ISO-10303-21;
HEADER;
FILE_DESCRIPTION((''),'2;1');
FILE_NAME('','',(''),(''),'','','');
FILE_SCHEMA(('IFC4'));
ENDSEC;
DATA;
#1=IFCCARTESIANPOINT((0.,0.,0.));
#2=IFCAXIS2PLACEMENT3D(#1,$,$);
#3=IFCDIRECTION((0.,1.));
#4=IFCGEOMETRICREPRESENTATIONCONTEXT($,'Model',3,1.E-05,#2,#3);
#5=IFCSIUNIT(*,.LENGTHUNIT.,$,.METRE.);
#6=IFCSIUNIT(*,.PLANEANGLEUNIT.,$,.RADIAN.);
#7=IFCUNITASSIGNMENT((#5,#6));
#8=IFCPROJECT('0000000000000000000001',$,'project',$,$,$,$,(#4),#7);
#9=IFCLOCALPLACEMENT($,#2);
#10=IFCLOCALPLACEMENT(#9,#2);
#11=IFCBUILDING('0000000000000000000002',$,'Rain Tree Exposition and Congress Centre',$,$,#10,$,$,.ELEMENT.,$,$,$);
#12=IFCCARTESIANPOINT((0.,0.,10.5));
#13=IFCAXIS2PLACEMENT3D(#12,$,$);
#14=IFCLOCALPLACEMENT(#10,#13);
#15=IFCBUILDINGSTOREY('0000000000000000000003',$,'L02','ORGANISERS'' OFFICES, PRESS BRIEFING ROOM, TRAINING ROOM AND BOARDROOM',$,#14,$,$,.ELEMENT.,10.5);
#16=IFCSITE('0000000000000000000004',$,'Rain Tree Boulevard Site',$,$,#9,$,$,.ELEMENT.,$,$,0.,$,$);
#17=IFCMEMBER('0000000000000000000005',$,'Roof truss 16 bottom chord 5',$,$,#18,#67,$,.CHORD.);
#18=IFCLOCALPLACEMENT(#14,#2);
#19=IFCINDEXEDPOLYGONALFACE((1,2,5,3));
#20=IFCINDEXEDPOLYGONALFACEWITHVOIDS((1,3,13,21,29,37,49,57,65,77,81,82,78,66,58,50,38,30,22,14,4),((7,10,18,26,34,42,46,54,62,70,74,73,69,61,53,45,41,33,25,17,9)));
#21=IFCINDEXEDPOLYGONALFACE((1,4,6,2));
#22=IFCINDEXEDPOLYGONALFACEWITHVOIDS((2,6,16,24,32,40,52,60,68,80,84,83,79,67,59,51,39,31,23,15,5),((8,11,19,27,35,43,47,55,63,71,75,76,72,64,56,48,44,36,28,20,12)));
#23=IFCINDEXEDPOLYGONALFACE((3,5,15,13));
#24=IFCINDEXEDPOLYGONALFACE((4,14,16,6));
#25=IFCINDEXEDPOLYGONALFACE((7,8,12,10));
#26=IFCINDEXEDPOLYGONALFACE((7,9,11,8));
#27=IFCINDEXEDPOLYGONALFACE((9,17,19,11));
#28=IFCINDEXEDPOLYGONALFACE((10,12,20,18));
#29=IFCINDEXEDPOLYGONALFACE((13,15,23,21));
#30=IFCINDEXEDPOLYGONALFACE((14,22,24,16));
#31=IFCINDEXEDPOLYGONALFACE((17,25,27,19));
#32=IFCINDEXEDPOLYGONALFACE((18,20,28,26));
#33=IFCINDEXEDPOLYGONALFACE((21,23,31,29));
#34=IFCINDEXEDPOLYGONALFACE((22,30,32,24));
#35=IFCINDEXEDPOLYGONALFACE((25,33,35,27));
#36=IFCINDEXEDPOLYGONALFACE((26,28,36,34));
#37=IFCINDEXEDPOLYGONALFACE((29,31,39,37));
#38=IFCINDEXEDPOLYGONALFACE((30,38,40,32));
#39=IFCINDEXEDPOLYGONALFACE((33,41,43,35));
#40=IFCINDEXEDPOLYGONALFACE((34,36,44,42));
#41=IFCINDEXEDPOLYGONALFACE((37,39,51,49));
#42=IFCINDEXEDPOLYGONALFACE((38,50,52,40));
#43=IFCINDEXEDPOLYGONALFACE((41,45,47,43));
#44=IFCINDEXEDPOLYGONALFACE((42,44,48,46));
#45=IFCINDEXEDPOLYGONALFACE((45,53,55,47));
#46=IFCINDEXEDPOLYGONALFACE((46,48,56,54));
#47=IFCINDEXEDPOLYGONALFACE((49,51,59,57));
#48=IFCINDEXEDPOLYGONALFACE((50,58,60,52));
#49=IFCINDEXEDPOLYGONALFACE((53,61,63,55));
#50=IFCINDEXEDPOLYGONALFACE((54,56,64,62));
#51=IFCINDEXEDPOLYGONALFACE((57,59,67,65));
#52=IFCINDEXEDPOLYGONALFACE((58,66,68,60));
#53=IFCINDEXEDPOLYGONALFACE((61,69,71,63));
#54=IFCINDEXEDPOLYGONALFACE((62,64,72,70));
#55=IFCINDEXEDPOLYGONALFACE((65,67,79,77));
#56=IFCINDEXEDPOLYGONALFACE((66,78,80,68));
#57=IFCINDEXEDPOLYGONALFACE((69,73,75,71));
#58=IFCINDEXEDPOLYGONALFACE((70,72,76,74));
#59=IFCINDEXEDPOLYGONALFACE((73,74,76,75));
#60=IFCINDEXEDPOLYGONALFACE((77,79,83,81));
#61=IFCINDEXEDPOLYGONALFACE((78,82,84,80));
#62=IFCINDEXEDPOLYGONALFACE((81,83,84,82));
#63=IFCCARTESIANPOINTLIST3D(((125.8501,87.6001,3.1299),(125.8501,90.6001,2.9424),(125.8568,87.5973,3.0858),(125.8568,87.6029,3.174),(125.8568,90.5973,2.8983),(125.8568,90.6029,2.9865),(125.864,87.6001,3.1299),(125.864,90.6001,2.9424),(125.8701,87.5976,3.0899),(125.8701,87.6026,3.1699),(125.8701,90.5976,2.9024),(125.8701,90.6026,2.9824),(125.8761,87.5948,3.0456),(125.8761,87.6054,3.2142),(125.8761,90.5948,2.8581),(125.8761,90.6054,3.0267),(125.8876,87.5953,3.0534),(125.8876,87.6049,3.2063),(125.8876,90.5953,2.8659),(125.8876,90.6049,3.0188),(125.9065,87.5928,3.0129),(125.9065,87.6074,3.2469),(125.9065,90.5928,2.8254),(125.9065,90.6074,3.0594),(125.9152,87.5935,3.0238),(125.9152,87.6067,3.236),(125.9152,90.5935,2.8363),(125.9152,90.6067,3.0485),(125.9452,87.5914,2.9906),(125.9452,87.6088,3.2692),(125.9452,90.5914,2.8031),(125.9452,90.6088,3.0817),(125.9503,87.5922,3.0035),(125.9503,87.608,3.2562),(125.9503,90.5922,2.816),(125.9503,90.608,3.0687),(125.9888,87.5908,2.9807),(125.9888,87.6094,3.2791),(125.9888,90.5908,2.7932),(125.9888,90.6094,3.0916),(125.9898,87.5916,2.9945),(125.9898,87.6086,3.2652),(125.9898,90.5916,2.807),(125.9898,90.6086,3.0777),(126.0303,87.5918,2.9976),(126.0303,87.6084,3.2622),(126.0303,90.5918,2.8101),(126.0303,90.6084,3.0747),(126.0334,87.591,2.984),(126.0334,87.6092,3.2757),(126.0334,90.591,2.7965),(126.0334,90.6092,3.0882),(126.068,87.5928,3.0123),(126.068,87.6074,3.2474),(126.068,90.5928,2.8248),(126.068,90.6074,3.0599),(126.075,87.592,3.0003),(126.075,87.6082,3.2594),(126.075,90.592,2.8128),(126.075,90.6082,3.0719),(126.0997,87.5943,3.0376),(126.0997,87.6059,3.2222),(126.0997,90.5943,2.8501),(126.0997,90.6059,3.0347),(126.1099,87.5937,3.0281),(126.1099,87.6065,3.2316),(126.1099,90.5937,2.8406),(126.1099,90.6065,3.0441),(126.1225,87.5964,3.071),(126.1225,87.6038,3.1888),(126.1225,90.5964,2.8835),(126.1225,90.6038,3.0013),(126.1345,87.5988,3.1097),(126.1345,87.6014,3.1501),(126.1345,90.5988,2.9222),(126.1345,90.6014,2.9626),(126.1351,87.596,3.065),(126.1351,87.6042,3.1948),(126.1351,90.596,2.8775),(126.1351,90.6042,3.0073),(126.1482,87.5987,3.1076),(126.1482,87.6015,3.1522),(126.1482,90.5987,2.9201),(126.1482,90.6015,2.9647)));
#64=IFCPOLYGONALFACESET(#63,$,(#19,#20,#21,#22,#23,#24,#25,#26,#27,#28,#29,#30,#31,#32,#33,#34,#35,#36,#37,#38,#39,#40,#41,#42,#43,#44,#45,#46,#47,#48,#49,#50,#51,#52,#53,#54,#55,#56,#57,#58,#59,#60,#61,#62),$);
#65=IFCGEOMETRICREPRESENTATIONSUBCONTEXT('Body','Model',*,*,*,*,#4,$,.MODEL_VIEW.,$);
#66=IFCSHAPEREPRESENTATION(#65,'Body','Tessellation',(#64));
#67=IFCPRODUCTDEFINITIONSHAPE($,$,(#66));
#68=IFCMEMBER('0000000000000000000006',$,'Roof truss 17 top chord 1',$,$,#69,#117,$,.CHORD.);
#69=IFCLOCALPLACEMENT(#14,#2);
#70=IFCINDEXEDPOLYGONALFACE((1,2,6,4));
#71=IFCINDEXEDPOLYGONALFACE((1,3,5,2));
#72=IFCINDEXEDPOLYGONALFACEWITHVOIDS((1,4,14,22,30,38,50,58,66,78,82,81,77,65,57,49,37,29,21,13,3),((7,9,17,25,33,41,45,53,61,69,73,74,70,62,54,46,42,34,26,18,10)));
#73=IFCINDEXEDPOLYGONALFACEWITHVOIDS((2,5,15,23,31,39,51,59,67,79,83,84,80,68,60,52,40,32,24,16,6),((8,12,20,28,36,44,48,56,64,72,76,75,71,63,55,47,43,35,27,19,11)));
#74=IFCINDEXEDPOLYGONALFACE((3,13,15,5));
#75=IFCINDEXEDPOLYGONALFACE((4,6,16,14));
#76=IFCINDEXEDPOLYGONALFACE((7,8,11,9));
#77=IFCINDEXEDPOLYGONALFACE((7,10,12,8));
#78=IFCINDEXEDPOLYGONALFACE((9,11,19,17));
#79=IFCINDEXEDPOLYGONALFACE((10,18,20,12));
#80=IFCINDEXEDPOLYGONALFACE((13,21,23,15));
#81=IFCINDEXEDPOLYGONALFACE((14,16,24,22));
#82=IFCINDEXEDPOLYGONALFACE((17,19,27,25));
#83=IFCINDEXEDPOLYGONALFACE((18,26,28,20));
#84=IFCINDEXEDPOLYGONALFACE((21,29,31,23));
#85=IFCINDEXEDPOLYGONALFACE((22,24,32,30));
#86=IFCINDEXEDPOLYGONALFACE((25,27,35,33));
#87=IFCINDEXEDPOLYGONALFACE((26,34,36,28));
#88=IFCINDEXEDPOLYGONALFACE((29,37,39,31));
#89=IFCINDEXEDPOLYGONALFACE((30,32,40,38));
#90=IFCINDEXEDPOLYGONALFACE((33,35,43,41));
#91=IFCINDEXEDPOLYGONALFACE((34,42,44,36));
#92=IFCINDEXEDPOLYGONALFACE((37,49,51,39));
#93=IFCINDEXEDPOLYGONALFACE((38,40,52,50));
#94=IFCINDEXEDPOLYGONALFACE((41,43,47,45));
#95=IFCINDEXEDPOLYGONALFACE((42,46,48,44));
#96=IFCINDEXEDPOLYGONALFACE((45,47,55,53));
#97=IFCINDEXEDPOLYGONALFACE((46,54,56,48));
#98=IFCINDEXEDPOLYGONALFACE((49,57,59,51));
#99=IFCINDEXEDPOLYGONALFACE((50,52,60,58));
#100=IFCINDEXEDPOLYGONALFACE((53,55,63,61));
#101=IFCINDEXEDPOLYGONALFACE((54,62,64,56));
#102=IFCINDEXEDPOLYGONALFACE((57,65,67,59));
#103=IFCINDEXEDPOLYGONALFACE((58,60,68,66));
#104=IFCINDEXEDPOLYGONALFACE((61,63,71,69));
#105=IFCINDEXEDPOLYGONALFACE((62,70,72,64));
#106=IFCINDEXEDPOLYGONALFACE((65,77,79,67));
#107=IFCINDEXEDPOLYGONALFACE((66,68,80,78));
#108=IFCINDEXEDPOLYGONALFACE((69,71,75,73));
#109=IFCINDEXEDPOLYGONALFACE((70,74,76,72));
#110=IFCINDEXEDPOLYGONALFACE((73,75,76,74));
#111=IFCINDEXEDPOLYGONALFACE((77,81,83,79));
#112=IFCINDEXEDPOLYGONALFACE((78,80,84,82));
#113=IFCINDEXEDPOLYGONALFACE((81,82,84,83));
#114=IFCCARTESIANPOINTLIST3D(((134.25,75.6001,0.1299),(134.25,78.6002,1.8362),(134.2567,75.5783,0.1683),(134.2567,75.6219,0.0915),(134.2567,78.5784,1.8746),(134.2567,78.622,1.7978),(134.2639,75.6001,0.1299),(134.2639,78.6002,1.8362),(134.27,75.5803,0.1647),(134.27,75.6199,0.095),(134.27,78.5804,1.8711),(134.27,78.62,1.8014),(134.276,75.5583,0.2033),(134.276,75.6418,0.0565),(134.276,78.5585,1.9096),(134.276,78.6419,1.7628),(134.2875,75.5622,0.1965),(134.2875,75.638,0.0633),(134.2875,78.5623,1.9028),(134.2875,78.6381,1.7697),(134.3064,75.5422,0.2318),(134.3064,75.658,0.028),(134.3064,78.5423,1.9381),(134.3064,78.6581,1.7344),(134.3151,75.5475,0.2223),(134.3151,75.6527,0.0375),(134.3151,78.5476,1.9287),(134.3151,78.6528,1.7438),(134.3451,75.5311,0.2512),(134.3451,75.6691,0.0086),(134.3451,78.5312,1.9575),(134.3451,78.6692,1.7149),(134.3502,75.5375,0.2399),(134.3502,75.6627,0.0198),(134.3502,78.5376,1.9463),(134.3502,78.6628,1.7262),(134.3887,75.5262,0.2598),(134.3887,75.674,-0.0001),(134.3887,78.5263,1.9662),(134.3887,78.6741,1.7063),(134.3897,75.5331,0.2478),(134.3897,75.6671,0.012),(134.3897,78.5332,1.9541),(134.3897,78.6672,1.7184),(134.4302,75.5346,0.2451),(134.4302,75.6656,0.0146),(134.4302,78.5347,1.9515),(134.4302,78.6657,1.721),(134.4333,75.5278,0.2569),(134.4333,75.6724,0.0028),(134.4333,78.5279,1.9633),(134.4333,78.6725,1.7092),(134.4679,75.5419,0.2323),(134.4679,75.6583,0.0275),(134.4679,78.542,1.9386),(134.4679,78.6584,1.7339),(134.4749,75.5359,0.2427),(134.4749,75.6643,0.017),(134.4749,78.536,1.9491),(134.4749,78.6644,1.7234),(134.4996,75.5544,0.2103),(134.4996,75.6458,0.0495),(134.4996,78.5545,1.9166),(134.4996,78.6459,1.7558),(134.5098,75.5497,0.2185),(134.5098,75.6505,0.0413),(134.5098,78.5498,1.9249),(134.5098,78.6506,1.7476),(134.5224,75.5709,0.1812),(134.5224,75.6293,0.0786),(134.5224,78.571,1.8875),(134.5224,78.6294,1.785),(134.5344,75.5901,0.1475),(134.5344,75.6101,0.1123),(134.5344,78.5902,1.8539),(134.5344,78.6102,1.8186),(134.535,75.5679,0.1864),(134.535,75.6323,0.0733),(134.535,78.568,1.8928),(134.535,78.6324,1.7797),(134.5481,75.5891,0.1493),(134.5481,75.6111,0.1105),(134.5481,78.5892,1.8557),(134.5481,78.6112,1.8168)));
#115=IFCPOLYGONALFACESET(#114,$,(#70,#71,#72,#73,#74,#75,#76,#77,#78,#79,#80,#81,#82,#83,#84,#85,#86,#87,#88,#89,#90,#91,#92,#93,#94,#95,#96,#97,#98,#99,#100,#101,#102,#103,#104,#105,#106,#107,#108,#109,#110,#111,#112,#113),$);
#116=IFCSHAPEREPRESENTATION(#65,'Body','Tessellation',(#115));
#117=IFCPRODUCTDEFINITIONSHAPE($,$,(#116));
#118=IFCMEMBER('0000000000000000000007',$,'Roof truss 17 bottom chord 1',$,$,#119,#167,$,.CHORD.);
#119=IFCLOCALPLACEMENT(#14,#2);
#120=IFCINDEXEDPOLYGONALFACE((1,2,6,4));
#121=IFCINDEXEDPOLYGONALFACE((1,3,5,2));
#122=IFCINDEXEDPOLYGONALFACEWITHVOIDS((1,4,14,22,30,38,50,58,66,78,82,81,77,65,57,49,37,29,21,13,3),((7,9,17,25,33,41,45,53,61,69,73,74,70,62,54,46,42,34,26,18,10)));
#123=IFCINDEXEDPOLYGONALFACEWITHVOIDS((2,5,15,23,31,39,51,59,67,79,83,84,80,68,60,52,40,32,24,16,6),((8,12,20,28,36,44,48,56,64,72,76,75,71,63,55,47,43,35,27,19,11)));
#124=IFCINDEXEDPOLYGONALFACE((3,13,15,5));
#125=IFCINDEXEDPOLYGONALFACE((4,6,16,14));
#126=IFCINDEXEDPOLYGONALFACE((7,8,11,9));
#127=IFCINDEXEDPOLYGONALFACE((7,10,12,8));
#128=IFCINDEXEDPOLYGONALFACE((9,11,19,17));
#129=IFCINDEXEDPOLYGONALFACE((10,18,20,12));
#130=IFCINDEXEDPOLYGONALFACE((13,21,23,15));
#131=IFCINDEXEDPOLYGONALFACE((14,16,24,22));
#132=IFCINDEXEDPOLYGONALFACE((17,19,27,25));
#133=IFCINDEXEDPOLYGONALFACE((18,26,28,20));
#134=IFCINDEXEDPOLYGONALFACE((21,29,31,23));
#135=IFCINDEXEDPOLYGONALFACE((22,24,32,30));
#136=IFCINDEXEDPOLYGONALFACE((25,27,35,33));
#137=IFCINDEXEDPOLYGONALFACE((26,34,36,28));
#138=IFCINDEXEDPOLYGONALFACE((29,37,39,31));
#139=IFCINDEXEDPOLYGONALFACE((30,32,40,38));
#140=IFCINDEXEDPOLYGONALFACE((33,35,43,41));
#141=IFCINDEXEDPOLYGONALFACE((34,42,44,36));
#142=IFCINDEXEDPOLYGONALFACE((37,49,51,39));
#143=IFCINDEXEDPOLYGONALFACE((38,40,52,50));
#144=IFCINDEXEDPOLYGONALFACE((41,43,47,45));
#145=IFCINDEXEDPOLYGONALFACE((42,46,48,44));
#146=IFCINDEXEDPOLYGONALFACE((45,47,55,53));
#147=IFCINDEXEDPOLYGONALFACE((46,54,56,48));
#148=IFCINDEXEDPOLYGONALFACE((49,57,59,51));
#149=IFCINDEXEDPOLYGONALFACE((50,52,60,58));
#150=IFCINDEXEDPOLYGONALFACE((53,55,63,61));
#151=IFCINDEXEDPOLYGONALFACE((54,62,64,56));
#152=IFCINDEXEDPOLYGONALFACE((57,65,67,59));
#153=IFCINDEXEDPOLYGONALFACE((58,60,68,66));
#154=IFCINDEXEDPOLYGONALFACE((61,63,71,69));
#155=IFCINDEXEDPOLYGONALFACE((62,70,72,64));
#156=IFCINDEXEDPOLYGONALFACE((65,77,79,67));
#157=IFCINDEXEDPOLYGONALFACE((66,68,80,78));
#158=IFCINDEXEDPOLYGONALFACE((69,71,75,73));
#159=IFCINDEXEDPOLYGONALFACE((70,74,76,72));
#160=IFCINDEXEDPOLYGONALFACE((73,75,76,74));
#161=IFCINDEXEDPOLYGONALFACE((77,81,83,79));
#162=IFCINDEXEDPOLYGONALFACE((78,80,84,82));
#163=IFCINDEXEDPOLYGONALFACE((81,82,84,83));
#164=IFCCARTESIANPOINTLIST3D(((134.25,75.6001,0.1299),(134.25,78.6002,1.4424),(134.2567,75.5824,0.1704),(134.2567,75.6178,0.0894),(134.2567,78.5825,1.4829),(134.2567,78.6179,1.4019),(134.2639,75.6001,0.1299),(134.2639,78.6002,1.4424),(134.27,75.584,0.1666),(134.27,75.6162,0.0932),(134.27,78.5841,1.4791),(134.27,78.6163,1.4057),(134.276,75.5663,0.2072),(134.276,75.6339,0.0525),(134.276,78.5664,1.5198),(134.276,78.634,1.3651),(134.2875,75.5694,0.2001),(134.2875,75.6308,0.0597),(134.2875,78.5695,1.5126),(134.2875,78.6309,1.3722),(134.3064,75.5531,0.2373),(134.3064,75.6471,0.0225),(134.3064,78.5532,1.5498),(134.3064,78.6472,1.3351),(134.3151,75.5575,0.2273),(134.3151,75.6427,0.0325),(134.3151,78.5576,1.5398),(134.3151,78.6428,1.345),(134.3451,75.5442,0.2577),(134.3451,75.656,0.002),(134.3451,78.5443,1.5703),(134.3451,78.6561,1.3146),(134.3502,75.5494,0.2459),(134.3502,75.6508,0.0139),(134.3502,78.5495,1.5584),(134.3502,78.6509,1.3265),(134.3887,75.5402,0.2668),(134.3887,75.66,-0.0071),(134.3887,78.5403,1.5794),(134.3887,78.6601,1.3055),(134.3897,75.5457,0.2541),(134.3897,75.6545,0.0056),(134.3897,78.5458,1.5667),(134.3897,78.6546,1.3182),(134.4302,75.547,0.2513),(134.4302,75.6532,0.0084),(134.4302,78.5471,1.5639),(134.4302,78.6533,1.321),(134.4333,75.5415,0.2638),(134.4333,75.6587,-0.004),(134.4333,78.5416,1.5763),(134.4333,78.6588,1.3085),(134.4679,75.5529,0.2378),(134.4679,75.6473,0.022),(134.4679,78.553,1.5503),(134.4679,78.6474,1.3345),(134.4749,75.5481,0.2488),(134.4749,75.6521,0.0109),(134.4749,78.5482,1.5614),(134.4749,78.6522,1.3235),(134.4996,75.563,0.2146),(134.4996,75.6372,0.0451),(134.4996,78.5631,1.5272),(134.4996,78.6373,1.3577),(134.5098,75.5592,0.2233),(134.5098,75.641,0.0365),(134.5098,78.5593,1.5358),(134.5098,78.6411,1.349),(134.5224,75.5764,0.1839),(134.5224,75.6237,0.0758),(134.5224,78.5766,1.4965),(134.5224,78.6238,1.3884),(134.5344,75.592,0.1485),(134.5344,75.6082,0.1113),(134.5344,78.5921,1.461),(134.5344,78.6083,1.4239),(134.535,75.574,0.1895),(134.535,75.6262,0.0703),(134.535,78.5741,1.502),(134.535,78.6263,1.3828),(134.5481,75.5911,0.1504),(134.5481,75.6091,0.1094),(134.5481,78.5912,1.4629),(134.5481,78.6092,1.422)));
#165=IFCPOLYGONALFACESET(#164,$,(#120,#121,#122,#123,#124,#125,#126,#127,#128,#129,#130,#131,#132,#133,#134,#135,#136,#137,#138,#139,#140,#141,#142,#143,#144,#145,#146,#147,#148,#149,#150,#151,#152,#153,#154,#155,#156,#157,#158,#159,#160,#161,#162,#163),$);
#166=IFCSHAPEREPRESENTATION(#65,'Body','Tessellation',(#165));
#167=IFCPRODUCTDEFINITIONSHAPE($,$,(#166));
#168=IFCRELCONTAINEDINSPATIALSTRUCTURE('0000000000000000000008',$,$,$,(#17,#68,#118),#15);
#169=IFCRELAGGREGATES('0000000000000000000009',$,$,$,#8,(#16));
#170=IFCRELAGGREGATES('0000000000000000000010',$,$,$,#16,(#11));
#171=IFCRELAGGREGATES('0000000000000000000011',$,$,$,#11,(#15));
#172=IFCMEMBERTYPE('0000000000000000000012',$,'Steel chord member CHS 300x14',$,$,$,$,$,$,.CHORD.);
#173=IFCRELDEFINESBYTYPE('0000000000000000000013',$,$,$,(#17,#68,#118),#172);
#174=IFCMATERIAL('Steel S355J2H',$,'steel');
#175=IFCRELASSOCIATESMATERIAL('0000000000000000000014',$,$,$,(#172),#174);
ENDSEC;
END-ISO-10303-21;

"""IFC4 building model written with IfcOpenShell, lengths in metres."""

from ifc_helpers import new_model, si_unit, direction, frame, origin, origin_2d, place, context, subcontext, project, spatial, hollow_circle, extrude, material, material_profile, profile_set, type_object, element, save


model = new_model("IFC4")

# Units and contexts
model_context = context("Model", 3, precision=1e-05, world=origin(), true_north=direction((0.0, 1.0)))
body_context = subcontext(model_context, "Body", "Model", "MODEL_VIEW")
ifc_project = project(units=[si_unit("LENGTHUNIT", "METRE"), si_unit("PLANEANGLEUNIT", "RADIAN")], contexts=[model_context])

# Site, building, storey
site_placement = place(None, origin())
site = spatial("IfcSite", under=ifc_project, at=site_placement, Name="Rain Tree Boulevard Site", CompositionType="ELEMENT", RefElevation=0.0)
building_placement = place(site_placement, origin())
building = spatial("IfcBuilding", under=site, at=building_placement, Name="Rain Tree Exposition and Congress Centre", CompositionType="ELEMENT")
storey_placement = place(building_placement, frame((0.0, 0.0, 10.5)))
storey = spatial("IfcBuildingStorey", under=building, at=storey_placement, Name="L02", Description="ORGANISERS' OFFICES, PRESS BRIEFING ROOM, TRAINING ROOM AND BOARDROOM", CompositionType="ELEMENT", Elevation=10.5)

# Members
ifc_material_1 = material(Name="Steel S355J2H", Category="steel")
ifc_material_profile_1 = material_profile(ifc_material_1, hollow_circle(Radius=0.1499, WallThickness=0.0139, at=origin_2d()), Name="CHS 300x14")
ifc_profile_set_1 = profile_set([ifc_material_profile_1], Name="Steel S355J2H")
member_type_1 = type_object("IfcMemberType", Name="Steel chord member CHS 300x14", PredefinedType="CHORD", material=ifc_profile_set_1)
member_1_placement = place(storey_placement, frame((126.0, 87.6001, 3.1299), z_axis=(0.0, 0.998053, -0.062378), x_axis=(-1.0, 0.0, 0.0)))
element("IfcMember", 1, at=member_1_placement, inside=storey, type_object=member_type_1, Name="Roof truss 16 bottom chord 5", PredefinedType="CHORD", context=body_context, shape_type="SweptSolid", body=[
    extrude(hollow_circle(Radius=0.1499, WallThickness=0.0139, at=origin_2d()), origin(), (0.0, 0.0, 1.0), 3.0059),
])
member_2_placement = place(storey_placement, frame((134.3999, 75.6001, 0.1299), z_axis=(0.0, 0.869238, 0.494393), x_axis=(-1.0, 0.0, 0.0)))
element("IfcMember", 2, at=member_2_placement, inside=storey, type_object=member_type_1, Name="Roof truss 17 top chord 1", PredefinedType="CHORD", context=body_context, shape_type="SweptSolid", body=[
    extrude(hollow_circle(Radius=0.1499, WallThickness=0.0139, at=origin_2d()), origin(), (0.0, 0.0, 1.0), 3.4514),
])
member_3_placement = place(storey_placement, frame((134.3999, 75.6001, 0.1299), z_axis=(0.0, 0.916157, 0.400819), x_axis=(-1.0, 0.0, 0.0)))
element("IfcMember", 3, at=member_3_placement, inside=storey, type_object=member_type_1, Name="Roof truss 17 bottom chord 1", PredefinedType="CHORD", context=body_context, shape_type="SweptSolid", body=[
    extrude(hollow_circle(Radius=0.1499, WallThickness=0.0139, at=origin_2d()), origin(), (0.0, 0.0, 1.0), 3.2747),
])

save(model, "model.ifc")
